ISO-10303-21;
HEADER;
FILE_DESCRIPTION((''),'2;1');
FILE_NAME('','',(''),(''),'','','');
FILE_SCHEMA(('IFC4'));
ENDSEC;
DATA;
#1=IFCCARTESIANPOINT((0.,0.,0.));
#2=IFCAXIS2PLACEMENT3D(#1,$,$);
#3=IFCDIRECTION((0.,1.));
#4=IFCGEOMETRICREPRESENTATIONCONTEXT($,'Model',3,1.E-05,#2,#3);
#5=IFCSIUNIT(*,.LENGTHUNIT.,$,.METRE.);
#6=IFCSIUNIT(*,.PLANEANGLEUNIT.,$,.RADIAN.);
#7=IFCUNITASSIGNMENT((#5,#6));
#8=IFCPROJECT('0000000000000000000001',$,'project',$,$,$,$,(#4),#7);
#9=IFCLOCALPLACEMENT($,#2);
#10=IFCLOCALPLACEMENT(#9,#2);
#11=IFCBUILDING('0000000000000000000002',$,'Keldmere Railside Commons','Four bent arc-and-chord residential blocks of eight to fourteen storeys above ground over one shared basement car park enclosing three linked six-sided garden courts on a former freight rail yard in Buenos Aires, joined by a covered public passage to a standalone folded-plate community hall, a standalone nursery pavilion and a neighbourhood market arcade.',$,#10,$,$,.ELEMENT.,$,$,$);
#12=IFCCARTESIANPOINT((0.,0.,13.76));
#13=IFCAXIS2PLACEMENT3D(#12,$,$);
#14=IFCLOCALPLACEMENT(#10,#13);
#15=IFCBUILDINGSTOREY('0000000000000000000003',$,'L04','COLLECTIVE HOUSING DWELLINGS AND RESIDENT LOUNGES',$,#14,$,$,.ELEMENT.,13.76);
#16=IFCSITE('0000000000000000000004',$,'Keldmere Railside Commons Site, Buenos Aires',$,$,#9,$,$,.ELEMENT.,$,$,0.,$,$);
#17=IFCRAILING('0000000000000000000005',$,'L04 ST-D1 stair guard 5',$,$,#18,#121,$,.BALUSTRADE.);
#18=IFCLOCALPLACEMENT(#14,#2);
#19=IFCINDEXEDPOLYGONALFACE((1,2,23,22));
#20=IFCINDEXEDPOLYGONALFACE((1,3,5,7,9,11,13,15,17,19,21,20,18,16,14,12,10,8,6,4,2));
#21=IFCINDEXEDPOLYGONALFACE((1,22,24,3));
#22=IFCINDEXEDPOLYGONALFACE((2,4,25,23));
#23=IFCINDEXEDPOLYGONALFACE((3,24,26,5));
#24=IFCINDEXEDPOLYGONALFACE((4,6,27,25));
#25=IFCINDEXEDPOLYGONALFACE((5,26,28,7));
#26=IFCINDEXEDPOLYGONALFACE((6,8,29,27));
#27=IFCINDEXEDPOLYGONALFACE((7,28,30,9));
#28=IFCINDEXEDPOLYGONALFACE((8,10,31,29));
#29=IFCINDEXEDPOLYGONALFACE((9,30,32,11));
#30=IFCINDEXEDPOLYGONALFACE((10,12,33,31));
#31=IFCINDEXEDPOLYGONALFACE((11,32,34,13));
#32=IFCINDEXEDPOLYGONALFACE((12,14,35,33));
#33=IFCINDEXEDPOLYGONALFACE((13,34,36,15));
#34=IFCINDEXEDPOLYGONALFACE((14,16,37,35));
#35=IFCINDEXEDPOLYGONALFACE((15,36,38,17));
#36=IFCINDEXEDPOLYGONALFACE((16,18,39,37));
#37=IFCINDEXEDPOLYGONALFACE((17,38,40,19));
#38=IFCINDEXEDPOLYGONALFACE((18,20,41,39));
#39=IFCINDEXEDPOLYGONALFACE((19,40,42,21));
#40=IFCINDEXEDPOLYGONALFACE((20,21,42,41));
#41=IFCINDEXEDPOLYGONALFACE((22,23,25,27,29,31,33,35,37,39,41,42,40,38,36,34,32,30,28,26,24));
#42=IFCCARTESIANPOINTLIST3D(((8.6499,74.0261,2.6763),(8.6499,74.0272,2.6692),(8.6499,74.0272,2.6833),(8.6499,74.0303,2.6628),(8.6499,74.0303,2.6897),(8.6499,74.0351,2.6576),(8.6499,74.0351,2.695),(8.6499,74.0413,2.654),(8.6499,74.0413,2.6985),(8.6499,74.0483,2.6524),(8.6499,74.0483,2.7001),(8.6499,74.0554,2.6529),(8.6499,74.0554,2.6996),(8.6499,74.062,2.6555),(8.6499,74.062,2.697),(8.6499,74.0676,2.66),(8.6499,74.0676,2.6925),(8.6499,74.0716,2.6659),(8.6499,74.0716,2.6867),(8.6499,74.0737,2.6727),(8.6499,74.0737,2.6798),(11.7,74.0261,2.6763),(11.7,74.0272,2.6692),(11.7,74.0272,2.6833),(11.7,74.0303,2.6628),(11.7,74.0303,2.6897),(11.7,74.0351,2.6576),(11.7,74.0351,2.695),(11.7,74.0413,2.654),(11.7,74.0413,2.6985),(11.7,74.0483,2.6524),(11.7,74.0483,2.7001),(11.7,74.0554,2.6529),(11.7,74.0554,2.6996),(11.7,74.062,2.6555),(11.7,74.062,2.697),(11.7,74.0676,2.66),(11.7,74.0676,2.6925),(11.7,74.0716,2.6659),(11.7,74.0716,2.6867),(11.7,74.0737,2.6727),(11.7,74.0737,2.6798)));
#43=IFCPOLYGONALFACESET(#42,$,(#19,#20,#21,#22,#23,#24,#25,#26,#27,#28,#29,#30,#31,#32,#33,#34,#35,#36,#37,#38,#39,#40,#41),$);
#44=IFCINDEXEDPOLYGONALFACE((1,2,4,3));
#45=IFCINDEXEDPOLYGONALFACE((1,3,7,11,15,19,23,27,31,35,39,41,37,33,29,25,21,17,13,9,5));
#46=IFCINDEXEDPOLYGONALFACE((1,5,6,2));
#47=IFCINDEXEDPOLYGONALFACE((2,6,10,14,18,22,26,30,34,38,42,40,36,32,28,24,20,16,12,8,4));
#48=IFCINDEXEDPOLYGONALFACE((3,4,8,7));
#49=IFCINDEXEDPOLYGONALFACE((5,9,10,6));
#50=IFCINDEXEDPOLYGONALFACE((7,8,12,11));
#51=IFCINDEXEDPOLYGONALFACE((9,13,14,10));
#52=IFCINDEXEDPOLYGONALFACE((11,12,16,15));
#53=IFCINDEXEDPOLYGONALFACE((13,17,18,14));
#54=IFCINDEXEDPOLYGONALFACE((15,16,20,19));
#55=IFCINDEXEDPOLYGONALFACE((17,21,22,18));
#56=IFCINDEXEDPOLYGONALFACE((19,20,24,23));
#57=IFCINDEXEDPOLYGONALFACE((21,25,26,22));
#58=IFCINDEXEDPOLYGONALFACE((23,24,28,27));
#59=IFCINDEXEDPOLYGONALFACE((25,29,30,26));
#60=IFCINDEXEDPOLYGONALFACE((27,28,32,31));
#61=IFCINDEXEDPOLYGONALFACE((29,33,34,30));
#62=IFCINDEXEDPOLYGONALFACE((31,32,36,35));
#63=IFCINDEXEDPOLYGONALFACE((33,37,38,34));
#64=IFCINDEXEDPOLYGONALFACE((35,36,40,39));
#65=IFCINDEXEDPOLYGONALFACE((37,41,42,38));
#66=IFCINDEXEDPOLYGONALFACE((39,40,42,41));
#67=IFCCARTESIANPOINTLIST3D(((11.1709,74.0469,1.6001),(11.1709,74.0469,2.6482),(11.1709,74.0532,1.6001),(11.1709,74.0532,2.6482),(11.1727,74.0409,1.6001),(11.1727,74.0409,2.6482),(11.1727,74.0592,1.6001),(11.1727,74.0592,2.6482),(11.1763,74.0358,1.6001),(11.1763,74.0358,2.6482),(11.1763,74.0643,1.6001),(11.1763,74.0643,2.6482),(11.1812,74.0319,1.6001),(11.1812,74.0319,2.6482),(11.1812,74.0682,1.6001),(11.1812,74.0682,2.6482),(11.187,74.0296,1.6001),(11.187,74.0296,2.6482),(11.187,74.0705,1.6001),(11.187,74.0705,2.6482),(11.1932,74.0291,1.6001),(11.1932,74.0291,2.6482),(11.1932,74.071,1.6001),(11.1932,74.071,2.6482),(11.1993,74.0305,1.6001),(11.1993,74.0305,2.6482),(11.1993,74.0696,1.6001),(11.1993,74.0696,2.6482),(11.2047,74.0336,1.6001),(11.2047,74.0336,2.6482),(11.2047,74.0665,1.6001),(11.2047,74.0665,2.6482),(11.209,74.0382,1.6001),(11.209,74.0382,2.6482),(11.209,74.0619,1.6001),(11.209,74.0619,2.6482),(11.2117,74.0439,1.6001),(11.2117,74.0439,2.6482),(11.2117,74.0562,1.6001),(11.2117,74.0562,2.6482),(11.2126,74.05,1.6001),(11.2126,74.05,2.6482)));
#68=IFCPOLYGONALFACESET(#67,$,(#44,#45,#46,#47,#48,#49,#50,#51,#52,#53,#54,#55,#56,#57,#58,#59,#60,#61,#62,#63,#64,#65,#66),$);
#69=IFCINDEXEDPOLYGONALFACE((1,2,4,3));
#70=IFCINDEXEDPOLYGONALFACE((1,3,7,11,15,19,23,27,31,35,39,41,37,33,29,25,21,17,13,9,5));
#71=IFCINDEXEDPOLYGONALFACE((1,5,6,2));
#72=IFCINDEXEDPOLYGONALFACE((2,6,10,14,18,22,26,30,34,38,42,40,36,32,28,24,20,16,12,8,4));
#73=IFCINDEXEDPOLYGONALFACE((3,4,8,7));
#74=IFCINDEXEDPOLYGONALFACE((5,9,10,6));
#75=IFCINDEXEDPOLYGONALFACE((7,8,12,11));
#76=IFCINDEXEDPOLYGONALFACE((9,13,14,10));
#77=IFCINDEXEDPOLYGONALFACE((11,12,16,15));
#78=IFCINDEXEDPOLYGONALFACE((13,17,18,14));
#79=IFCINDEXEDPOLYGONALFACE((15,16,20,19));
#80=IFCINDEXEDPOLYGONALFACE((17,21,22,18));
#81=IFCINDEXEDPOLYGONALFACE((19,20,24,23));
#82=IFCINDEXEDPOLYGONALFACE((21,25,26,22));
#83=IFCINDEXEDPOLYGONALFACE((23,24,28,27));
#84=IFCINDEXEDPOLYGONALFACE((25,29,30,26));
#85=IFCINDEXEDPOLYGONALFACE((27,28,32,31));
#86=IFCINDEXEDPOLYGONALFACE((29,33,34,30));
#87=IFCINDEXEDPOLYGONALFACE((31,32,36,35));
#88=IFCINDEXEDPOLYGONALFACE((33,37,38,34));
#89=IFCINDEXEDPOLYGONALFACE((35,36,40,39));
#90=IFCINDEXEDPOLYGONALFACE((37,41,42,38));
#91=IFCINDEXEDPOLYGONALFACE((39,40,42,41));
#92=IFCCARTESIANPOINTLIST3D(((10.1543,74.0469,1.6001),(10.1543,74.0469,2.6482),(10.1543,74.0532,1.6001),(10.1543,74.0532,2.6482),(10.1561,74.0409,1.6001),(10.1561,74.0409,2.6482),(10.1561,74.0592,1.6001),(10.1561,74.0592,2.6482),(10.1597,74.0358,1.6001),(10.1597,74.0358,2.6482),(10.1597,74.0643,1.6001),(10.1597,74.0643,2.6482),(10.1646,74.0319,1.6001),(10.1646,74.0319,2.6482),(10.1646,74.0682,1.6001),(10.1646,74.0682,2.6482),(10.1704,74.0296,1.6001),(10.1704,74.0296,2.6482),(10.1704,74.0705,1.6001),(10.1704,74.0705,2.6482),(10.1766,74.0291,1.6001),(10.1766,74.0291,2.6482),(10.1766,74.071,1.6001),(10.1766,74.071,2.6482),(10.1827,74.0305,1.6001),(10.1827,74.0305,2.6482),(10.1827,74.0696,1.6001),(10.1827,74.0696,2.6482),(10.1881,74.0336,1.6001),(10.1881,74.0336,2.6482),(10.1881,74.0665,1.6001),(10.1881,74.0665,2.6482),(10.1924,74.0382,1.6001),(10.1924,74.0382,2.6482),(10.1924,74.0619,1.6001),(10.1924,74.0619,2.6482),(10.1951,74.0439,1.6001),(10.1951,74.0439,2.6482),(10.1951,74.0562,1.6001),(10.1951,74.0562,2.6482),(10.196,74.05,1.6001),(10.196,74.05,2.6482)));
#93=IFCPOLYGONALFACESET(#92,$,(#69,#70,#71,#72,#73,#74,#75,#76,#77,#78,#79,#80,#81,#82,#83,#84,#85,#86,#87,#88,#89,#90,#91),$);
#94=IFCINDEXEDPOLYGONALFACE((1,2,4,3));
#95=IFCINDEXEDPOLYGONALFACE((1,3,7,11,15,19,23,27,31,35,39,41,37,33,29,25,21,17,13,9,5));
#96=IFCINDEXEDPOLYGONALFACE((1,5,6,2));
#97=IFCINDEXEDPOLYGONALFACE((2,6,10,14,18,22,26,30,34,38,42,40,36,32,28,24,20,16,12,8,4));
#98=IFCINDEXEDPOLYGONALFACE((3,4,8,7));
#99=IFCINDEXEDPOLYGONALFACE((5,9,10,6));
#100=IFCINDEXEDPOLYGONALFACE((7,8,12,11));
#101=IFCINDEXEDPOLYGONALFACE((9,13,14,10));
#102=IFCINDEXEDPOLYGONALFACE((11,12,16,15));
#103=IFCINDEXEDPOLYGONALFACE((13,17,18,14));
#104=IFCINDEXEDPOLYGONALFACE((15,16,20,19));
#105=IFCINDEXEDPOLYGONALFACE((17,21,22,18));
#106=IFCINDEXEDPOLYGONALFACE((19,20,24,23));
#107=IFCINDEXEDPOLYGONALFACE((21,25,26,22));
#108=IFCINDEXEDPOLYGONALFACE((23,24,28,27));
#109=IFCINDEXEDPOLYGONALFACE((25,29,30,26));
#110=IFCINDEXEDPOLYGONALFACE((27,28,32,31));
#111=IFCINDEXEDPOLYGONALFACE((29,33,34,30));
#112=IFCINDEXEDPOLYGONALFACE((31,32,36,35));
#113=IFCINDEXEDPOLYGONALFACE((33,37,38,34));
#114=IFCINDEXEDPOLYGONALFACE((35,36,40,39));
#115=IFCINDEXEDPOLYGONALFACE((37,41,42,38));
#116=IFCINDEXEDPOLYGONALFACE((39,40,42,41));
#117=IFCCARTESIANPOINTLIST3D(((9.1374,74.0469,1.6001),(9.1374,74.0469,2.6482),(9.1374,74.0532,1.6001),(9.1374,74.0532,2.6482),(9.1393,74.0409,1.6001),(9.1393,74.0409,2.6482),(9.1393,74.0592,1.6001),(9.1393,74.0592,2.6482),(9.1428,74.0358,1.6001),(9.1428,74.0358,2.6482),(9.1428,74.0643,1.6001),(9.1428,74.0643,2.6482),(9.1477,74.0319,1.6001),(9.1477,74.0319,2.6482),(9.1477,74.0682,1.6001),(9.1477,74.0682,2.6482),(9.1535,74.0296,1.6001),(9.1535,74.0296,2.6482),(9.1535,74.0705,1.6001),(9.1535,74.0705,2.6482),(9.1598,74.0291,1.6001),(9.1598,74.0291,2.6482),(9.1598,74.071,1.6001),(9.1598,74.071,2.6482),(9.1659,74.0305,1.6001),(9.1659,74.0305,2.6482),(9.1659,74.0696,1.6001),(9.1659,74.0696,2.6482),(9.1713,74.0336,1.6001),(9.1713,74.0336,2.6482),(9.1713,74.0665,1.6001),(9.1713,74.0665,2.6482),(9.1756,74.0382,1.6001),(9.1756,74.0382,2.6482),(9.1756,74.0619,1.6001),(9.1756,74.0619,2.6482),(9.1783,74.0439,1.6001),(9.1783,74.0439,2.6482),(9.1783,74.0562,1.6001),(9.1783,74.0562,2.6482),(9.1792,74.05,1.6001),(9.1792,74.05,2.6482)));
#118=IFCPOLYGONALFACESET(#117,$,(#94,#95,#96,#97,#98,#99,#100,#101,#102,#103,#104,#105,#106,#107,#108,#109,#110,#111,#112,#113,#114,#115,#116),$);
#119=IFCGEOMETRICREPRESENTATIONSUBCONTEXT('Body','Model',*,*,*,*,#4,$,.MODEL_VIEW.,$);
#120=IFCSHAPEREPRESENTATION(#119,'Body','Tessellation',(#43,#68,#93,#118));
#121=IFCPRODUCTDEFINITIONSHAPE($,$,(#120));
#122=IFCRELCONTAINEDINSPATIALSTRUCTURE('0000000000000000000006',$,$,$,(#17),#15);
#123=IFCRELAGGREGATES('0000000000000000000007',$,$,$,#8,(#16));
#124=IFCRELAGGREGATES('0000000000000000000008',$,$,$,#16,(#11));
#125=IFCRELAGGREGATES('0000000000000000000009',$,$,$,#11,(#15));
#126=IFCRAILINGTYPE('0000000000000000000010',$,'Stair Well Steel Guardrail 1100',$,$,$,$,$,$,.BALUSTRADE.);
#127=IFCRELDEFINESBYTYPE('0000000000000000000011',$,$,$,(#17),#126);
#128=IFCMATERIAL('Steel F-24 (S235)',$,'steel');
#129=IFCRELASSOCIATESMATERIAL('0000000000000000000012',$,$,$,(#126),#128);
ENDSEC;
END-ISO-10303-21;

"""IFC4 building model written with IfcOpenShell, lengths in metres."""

from ifc_helpers import new_model, si_unit, direction, frame, origin, origin_2d, place, context, subcontext, project, spatial, circle, extrude, material, type_object, element, save


model = new_model("IFC4")

# Units and contexts
model_context = context("Model", 3, precision=1e-05, world=origin(), true_north=direction((0.0, 1.0)))
body_context = subcontext(model_context, "Body", "Model", "MODEL_VIEW")
ifc_project = project(units=[si_unit("LENGTHUNIT", "METRE"), si_unit("PLANEANGLEUNIT", "RADIAN")], contexts=[model_context])

# Site, building, storey
site_placement = place(None, origin())
site = spatial("IfcSite", under=ifc_project, at=site_placement, Name="Keldmere Railside Commons Site, Buenos Aires", CompositionType="ELEMENT", RefElevation=0.0)
building_placement = place(site_placement, origin())
building = spatial("IfcBuilding", under=site, at=building_placement, Name="Keldmere Railside Commons", Description="Four bent arc-and-chord residential blocks of eight to fourteen storeys above ground over one shared basement car park enclosing three linked six-sided garden courts on a former freight rail yard in Buenos Aires, joined by a covered public passage to a standalone folded-plate community hall, a standalone nursery pavilion and a neighbourhood market arcade.", CompositionType="ELEMENT")
storey_placement = place(building_placement, frame((0.0, 0.0, 13.76)))
storey = spatial("IfcBuildingStorey", under=building, at=storey_placement, Name="L04", Description="COLLECTIVE HOUSING DWELLINGS AND RESIDENT LOUNGES", CompositionType="ELEMENT", Elevation=13.76)

# Shared definitions
ifc_material_1 = material(Name="Steel F-24 (S235)", Category="steel")

# Railing
railing_type_1 = type_object("IfcRailingType", Name="Stair Well Steel Guardrail 1100", PredefinedType="BALUSTRADE", material=ifc_material_1)
railing_1_placement = place(storey_placement, frame((11.7, 74.05, 1.6001)))
element("IfcRailing", 1, at=railing_1_placement, inside=storey, type_object=railing_type_1, Name="L04 ST-D1 stair guard 5", PredefinedType="BALUSTRADE", context=body_context, shape_type="SweptSolid", body=[
    extrude(circle(Radius=0.0239, at=origin_2d()), frame((0.0, 0.0, 1.0762), z_axis=(-1.0, 0.0, 0.0), x_axis=(0.0, -1.0, 0.0)), (0.0, 0.0, 1.0), 3.05),
    extrude(circle(Radius=0.021, at=origin_2d()), frame((-0.5083, 0.0, 0.0)), (0.0, 0.0, 1.0), 1.0481),
    extrude(circle(Radius=0.021, at=origin_2d()), frame((-1.5249, 0.0, 0.0)), (0.0, 0.0, 1.0), 1.0481),
    extrude(circle(Radius=0.021, at=origin_2d()), frame((-2.5417, 0.0, 0.0)), (0.0, 0.0, 1.0), 1.0481),
])

save(model, "model.ifc")
